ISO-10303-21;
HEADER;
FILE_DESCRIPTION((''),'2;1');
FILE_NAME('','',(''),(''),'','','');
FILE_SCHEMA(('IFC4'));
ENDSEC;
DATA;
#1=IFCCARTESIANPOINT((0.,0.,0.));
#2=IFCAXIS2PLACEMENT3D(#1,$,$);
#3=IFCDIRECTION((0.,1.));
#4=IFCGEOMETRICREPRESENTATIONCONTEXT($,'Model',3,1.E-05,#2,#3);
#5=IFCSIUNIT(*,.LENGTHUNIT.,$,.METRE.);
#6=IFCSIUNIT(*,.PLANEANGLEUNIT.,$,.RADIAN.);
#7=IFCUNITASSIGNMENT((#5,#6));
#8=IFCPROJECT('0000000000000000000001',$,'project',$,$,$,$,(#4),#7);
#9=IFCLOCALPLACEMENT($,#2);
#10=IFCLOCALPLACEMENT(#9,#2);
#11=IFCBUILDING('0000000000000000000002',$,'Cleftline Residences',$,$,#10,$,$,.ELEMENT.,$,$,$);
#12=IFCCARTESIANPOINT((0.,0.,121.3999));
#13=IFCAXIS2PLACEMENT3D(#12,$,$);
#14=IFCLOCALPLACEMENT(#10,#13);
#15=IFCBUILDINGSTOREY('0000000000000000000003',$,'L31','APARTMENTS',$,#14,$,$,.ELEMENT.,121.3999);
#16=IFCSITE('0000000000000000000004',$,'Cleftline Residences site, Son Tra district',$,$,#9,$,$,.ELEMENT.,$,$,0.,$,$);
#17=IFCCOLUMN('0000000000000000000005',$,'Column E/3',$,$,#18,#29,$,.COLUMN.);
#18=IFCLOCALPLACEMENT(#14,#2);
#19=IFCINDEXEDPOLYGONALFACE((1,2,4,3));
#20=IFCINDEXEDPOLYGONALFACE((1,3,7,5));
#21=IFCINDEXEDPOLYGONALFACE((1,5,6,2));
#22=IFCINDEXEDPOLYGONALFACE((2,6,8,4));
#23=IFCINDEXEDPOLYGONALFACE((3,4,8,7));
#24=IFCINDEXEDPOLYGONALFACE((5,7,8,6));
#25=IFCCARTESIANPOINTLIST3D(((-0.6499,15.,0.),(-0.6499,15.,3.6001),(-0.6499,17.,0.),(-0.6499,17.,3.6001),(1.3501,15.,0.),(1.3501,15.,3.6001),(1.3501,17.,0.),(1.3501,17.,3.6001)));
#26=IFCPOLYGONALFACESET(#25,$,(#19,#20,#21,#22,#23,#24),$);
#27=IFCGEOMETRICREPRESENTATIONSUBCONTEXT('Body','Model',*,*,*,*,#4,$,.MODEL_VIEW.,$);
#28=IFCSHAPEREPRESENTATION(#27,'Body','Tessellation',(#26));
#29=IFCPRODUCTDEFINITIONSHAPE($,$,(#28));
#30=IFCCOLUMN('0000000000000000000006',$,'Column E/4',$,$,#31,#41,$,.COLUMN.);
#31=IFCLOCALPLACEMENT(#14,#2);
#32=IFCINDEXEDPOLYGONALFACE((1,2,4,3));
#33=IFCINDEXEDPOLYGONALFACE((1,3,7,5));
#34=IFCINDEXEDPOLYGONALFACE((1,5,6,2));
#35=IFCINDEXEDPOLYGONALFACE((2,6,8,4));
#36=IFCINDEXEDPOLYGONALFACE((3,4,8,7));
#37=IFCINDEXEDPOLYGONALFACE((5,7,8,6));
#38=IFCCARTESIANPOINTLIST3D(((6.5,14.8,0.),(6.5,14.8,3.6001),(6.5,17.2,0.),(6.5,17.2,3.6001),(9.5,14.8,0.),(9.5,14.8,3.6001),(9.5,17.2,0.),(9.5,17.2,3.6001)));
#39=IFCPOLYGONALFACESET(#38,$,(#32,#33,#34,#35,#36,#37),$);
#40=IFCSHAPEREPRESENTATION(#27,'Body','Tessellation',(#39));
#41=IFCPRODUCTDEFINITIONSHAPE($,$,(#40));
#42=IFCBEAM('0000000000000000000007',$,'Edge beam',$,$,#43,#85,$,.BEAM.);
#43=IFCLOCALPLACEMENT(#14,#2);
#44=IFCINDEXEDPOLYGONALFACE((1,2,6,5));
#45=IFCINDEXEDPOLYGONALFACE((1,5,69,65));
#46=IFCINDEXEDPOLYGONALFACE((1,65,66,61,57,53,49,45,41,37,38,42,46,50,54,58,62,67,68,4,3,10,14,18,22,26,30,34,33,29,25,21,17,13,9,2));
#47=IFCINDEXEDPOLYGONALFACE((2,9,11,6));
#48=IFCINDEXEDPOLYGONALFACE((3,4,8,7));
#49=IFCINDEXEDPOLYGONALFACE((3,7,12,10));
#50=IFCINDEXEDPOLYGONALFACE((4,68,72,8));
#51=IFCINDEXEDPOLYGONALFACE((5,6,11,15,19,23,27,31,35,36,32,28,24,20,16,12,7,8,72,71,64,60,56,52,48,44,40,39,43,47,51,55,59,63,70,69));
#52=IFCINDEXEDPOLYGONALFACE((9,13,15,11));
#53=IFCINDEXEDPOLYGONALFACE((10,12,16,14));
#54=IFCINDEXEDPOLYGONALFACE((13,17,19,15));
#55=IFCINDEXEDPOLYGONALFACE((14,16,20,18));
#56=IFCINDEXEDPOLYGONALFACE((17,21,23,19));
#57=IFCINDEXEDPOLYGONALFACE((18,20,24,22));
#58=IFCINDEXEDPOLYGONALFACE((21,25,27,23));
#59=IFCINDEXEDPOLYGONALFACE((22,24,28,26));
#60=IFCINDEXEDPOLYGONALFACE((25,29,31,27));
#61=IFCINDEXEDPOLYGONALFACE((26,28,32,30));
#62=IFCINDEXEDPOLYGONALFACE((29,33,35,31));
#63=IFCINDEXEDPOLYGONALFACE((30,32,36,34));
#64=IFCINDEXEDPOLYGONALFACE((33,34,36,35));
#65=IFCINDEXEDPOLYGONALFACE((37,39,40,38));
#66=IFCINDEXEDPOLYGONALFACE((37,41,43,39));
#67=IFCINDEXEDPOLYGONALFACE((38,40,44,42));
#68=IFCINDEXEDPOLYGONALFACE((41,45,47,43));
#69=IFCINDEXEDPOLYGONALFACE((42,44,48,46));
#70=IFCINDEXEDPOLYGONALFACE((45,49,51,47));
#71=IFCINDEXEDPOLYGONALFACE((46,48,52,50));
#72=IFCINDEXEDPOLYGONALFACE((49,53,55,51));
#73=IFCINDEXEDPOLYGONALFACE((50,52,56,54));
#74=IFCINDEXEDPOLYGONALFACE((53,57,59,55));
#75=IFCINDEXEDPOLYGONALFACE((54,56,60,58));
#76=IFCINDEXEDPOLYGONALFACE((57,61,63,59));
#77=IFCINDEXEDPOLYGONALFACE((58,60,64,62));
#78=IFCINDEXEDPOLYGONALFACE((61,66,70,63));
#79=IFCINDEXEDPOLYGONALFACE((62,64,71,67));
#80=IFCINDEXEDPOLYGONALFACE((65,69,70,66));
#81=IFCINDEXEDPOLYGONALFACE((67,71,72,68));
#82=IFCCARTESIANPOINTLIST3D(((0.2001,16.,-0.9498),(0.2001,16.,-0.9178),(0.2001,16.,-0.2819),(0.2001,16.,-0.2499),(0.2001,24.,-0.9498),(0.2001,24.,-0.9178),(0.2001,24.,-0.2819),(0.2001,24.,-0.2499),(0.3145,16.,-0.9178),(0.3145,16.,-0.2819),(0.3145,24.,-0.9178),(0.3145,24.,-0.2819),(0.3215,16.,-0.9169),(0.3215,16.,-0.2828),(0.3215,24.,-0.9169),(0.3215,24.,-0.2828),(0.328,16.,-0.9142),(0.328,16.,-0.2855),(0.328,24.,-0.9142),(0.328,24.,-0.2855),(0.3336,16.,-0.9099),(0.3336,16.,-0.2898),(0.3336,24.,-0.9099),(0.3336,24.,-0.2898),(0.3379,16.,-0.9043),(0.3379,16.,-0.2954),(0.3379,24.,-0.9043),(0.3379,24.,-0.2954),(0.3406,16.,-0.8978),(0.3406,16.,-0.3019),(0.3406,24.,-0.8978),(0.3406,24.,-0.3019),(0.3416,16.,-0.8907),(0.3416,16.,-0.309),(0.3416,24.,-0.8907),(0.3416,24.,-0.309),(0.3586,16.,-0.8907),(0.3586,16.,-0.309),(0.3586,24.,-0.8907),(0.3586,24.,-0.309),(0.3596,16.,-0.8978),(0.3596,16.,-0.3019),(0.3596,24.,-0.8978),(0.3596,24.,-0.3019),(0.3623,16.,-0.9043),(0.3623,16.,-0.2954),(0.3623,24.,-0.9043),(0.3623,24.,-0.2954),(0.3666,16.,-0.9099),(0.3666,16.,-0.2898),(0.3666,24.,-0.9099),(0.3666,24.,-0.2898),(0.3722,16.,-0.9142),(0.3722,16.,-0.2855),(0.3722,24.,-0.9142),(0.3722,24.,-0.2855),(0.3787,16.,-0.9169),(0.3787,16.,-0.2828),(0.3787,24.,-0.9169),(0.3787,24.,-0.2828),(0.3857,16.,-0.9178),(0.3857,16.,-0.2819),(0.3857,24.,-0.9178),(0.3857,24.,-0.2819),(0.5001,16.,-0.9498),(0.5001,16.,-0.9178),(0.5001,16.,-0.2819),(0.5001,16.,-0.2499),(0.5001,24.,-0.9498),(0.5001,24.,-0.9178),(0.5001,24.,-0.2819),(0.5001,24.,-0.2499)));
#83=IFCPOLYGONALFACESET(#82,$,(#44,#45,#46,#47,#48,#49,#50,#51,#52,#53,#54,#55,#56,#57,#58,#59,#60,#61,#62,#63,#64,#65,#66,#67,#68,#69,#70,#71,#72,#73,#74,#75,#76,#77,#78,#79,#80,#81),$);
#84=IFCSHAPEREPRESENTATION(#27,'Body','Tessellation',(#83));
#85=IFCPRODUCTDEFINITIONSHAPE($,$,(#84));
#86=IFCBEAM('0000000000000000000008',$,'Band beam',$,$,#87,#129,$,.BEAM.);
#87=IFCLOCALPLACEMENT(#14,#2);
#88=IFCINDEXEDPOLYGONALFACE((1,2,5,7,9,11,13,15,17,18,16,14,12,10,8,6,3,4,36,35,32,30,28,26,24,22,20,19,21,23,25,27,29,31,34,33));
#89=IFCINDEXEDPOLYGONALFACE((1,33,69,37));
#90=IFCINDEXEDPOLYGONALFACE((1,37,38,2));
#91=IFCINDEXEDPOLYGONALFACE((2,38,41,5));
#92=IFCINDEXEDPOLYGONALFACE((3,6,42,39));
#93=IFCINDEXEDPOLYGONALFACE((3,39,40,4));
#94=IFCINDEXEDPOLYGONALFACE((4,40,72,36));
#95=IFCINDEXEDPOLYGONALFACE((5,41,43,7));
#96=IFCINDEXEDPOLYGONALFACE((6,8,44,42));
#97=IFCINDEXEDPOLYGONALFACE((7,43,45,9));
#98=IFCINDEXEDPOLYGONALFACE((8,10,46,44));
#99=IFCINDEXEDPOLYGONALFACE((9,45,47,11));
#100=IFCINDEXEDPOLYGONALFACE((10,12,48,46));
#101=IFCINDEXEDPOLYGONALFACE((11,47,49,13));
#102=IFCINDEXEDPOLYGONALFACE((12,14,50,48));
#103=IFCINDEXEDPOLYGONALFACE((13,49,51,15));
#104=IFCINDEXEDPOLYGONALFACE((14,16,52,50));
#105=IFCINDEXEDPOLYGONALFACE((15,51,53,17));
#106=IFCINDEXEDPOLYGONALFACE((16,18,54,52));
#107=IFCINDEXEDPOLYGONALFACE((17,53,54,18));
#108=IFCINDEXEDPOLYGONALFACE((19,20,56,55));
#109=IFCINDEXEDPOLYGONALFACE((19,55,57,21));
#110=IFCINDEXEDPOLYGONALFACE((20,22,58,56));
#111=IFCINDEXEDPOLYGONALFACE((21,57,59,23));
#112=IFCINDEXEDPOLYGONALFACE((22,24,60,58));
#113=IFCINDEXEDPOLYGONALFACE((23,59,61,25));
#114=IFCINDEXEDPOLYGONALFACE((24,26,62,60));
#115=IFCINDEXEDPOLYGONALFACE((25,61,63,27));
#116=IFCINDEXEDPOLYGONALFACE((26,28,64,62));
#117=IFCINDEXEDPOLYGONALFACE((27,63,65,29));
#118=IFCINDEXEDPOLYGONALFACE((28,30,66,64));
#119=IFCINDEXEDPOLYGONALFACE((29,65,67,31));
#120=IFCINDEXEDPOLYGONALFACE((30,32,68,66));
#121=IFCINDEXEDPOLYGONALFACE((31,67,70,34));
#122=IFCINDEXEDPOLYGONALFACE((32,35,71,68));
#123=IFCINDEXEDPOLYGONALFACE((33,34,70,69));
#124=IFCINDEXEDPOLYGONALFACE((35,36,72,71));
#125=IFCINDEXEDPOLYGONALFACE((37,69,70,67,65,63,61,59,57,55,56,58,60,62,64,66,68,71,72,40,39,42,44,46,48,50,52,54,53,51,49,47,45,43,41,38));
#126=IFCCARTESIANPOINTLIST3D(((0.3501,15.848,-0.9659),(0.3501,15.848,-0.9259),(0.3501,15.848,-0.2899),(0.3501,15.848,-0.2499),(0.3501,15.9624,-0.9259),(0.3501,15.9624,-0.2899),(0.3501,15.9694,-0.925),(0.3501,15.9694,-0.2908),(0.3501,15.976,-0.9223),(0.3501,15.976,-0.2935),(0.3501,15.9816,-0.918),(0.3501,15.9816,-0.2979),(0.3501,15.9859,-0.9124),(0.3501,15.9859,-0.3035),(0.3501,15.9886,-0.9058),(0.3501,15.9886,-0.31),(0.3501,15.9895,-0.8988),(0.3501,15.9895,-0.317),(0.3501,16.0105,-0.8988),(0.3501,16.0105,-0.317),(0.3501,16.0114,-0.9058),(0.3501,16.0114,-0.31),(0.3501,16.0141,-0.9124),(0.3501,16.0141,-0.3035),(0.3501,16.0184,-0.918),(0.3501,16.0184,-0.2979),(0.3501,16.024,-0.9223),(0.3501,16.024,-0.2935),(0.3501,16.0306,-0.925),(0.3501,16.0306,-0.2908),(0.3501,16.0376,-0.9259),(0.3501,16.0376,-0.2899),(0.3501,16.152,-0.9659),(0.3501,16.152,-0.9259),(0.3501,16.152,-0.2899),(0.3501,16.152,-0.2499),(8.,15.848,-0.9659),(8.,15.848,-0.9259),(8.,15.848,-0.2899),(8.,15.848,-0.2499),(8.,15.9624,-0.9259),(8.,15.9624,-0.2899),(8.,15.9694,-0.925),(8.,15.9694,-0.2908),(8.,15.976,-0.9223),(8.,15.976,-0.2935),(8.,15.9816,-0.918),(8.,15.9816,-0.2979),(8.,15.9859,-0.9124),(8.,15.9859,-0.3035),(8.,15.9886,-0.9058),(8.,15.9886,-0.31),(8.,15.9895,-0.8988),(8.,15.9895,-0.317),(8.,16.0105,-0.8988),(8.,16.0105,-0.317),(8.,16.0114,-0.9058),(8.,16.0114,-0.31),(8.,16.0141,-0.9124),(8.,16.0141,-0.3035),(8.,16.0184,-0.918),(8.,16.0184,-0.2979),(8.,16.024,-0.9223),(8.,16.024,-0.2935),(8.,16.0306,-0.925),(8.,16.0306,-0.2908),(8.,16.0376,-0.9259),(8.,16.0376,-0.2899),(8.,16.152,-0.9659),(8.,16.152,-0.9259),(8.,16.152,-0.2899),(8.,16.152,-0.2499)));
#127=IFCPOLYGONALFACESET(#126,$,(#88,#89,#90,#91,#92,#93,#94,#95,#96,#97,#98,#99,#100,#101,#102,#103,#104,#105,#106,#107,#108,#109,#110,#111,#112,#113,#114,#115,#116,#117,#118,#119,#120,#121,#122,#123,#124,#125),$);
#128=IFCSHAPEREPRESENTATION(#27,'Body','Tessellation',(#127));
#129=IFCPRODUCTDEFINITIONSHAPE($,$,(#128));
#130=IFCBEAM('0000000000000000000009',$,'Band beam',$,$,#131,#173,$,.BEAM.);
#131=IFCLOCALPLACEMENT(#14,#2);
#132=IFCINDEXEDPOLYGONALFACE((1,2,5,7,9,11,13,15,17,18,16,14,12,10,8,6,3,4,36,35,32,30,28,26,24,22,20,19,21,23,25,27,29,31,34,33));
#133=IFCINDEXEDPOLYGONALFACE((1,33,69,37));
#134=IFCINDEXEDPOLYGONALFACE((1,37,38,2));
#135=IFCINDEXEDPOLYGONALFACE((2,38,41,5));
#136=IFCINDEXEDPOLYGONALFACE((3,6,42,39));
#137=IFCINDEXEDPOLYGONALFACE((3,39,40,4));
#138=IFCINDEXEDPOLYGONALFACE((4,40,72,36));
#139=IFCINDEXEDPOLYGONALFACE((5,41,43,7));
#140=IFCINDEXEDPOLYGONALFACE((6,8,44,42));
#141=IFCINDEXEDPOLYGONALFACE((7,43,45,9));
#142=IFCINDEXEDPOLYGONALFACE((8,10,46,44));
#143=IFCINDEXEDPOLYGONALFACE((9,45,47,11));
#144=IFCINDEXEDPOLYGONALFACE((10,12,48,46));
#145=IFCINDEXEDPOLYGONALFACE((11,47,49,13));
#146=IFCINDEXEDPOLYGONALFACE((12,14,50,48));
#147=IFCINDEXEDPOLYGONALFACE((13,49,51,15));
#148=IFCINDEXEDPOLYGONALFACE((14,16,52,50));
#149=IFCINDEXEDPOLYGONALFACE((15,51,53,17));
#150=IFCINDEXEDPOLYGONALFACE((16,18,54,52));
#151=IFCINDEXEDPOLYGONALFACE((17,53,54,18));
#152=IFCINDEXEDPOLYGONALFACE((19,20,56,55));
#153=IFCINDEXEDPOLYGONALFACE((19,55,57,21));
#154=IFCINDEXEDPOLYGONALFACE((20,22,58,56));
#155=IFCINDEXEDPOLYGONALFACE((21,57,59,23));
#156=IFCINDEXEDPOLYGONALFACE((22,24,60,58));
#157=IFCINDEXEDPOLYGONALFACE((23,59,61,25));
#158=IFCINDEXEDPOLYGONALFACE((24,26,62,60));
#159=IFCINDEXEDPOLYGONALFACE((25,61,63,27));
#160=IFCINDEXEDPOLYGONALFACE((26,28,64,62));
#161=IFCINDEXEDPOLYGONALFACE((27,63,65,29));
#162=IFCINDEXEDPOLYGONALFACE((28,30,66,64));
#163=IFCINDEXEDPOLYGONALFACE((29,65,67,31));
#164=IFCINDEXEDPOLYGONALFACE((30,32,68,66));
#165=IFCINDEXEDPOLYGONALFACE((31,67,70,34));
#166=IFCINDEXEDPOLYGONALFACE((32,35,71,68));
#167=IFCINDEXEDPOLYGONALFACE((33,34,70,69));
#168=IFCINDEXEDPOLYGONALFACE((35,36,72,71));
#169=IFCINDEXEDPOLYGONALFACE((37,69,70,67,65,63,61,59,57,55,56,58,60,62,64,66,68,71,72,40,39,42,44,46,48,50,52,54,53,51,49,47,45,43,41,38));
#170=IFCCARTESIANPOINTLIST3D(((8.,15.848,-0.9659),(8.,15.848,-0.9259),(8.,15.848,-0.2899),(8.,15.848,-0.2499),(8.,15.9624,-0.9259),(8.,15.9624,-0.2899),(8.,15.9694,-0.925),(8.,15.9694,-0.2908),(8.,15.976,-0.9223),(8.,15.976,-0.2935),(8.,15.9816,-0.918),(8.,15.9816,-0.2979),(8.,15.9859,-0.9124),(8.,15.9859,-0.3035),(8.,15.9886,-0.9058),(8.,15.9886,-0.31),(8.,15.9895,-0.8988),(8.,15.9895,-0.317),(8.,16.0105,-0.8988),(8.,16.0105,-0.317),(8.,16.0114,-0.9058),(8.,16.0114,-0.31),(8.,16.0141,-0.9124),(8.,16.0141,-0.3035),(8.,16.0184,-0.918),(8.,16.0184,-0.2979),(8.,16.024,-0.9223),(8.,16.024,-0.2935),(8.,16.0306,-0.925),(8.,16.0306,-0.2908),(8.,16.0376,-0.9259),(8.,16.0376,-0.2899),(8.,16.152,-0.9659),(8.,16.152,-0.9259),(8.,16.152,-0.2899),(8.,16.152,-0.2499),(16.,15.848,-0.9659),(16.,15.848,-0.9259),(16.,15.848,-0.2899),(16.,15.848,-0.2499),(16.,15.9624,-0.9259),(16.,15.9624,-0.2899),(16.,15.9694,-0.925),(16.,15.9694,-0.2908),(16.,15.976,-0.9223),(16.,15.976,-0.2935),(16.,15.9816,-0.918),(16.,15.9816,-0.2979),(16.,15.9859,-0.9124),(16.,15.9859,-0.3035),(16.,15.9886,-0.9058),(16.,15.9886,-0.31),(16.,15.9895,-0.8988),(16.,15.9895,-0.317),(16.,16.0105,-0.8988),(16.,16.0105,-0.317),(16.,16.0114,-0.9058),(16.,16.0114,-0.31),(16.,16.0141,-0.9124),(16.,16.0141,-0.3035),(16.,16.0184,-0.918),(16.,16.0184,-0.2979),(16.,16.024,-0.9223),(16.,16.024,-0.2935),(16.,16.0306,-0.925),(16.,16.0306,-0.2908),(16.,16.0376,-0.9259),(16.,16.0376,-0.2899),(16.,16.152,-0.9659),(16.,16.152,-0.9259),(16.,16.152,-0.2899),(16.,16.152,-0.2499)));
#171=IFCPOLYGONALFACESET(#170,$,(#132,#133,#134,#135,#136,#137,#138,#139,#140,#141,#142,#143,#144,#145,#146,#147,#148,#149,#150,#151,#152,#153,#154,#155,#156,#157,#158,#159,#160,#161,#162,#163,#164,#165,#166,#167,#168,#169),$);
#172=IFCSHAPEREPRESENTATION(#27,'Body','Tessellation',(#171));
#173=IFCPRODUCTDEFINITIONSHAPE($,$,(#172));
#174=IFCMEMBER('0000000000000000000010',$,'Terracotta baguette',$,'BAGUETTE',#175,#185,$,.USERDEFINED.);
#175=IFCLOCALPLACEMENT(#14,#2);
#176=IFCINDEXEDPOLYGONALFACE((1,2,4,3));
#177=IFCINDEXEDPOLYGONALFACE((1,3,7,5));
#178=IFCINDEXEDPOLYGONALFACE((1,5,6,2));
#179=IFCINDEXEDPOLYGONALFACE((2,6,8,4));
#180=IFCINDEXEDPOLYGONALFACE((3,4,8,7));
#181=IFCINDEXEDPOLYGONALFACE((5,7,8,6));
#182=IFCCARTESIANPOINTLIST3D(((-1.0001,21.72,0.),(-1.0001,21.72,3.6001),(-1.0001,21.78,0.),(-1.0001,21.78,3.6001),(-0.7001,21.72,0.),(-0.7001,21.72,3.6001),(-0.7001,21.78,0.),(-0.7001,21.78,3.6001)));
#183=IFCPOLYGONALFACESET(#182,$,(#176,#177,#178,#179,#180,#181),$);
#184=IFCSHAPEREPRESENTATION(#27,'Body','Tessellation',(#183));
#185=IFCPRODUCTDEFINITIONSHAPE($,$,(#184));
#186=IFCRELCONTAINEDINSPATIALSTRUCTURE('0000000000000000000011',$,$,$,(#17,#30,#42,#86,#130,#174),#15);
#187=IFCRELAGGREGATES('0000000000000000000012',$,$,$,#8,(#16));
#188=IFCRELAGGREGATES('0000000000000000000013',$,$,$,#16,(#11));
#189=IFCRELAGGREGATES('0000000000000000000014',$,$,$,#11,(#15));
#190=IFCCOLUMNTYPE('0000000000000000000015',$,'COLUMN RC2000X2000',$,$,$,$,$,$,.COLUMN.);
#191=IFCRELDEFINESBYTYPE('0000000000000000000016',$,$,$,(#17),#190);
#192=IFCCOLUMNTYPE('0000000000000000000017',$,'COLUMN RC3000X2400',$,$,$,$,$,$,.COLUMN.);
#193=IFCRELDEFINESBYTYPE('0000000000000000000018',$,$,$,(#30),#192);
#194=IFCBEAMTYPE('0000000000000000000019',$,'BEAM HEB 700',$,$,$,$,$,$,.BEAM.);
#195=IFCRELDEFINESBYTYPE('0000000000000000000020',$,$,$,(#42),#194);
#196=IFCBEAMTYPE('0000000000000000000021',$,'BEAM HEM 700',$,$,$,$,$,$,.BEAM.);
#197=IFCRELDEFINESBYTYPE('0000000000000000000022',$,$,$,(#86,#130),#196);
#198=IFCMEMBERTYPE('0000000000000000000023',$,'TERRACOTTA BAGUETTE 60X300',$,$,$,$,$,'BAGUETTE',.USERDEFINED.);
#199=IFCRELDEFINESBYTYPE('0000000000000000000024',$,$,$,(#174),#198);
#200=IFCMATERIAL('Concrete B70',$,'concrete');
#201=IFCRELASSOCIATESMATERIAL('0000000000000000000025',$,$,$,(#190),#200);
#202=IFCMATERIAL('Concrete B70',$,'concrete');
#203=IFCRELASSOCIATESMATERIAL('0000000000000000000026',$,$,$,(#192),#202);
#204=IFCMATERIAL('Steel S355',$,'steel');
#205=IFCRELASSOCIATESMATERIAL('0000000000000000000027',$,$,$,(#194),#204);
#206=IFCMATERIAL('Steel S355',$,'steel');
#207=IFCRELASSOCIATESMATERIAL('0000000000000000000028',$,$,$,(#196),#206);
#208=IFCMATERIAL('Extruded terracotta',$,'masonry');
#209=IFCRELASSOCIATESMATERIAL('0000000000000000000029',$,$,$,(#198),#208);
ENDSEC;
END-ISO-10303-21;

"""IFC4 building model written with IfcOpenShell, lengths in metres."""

from ifc_helpers import new_model, si_unit, direction, frame, origin, origin_2d, place, context, subcontext, project, spatial, rectangle, i_section, extrude, material, material_profile, profile_set, type_object, element, save


model = new_model("IFC4")

# Units and contexts
model_context = context("Model", 3, precision=1e-05, world=origin(), true_north=direction((0.0, 1.0)))
body_context = subcontext(model_context, "Body", "Model", "MODEL_VIEW")
ifc_project = project(units=[si_unit("LENGTHUNIT", "METRE"), si_unit("PLANEANGLEUNIT", "RADIAN")], contexts=[model_context])

# Site, building, storey
site_placement = place(None, origin())
site = spatial("IfcSite", under=ifc_project, at=site_placement, Name="Cleftline Residences site, Son Tra district", CompositionType="ELEMENT", RefElevation=0.0)
building_placement = place(site_placement, origin())
building = spatial("IfcBuilding", under=site, at=building_placement, Name="Cleftline Residences", CompositionType="ELEMENT")
storey_placement = place(building_placement, frame((0.0, 0.0, 121.3999)))
storey = spatial("IfcBuildingStorey", under=building, at=storey_placement, Name="L31", Description="APARTMENTS", CompositionType="ELEMENT", Elevation=121.3999)

# Columns
ifc_material_1 = material(Name="Concrete B70", Category="concrete")
ifc_material_profile_1 = material_profile(ifc_material_1, rectangle(XDim=2.0, YDim=2.0, at=origin_2d()))
ifc_profile_set_1 = profile_set([ifc_material_profile_1], Name="Concrete B70")
column_type_1 = type_object("IfcColumnType", Name="COLUMN RC2000X2000", PredefinedType="COLUMN", material=ifc_profile_set_1)
column_1_placement = place(storey_placement, frame((0.3501, 16.0, 0.0), z_axis=(0.0, 0.0, 1.0), x_axis=(1.0, 0.0, 0.0)))
element("IfcColumn", 1, at=column_1_placement, inside=storey, type_object=column_type_1, Name="Column E/3", PredefinedType="COLUMN", context=body_context, shape_type="SweptSolid", body=[
    extrude(rectangle(XDim=2.0, YDim=2.0, at=origin_2d()), origin(), (0.0, 0.0, 1.0), 3.6001),
])
ifc_material_2 = material(Name="Concrete B70", Category="concrete")
ifc_material_profile_2 = material_profile(ifc_material_2, rectangle(XDim=3.0, YDim=2.3999, at=origin_2d()))
ifc_profile_set_2 = profile_set([ifc_material_profile_2], Name="Concrete B70")
column_type_2 = type_object("IfcColumnType", Name="COLUMN RC3000X2400", PredefinedType="COLUMN", material=ifc_profile_set_2)
column_2_placement = place(storey_placement, frame((8.0, 16.0, 0.0), z_axis=(0.0, 0.0, 1.0), x_axis=(1.0, 0.0, 0.0)))
element("IfcColumn", 2, at=column_2_placement, inside=storey, type_object=column_type_2, Name="Column E/4", PredefinedType="COLUMN", context=body_context, shape_type="SweptSolid", body=[
    extrude(rectangle(XDim=3.0, YDim=2.3999, at=origin_2d()), origin(), (0.0, 0.0, 1.0), 3.6001),
])

# Beams
ifc_material_3 = material(Name="Steel S355", Category="steel")
ifc_material_profile_3 = material_profile(ifc_material_3, i_section(OverallWidth=0.3, OverallDepth=0.7, WebThickness=0.0171, FlangeThickness=0.032, FilletRadius=0.0271, at=origin_2d()))
ifc_profile_set_3 = profile_set([ifc_material_profile_3], Name="Steel S355")
beam_type_1 = type_object("IfcBeamType", Name="BEAM HEB 700", PredefinedType="BEAM", material=ifc_profile_set_3)
beam_1_placement = place(storey_placement, frame((0.3501, 16.0, -0.5999), z_axis=(0.0, 1.0, 0.0), x_axis=(-1.0, 0.0, 0.0)))
element("IfcBeam", 3, at=beam_1_placement, inside=storey, type_object=beam_type_1, Name="Edge beam", PredefinedType="BEAM", context=body_context, shape_type="SweptSolid", body=[
    extrude(i_section(OverallWidth=0.3, OverallDepth=0.7, WebThickness=0.0171, FlangeThickness=0.032, FilletRadius=0.0271, at=origin_2d()), origin(), (0.0, 0.0, 1.0), 8.0),
])
ifc_material_4 = material(Name="Steel S355", Category="steel")
ifc_material_profile_4 = material_profile(ifc_material_4, i_section(OverallWidth=0.304, OverallDepth=0.7161, WebThickness=0.021, FlangeThickness=0.04, FilletRadius=0.0271, at=origin_2d()))
ifc_profile_set_4 = profile_set([ifc_material_profile_4], Name="Steel S355")
beam_type_2 = type_object("IfcBeamType", Name="BEAM HEM 700", PredefinedType="BEAM", material=ifc_profile_set_4)
beam_2_placement = place(storey_placement, frame((0.3501, 16.0, -0.6079), z_axis=(1.0, 0.0, 0.0), x_axis=(0.0, 1.0, 0.0)))
element("IfcBeam", 4, at=beam_2_placement, inside=storey, type_object=beam_type_2, Name="Band beam", PredefinedType="BEAM", context=body_context, shape_type="SweptSolid", body=[
    extrude(i_section(OverallWidth=0.304, OverallDepth=0.7161, WebThickness=0.021, FlangeThickness=0.04, FilletRadius=0.0271, at=origin_2d()), origin(), (0.0, 0.0, 1.0), 7.6499),
])
beam_3_placement = place(storey_placement, frame((8.0, 16.0, -0.6079), z_axis=(1.0, 0.0, 0.0), x_axis=(0.0, 1.0, 0.0)))
element("IfcBeam", 5, at=beam_3_placement, inside=storey, type_object=beam_type_2, Name="Band beam", PredefinedType="BEAM", context=body_context, shape_type="SweptSolid", body=[
    extrude(i_section(OverallWidth=0.304, OverallDepth=0.7161, WebThickness=0.021, FlangeThickness=0.04, FilletRadius=0.0271, at=origin_2d()), origin(), (0.0, 0.0, 1.0), 8.0),
])

# Member
ifc_material_5 = material(Name="Extruded terracotta", Category="masonry")
ifc_material_profile_5 = material_profile(ifc_material_5, rectangle(XDim=0.0601, YDim=0.3, at=origin_2d()))
ifc_profile_set_5 = profile_set([ifc_material_profile_5], Name="Extruded terracotta")
member_type = type_object("IfcMemberType", Name="TERRACOTTA BAGUETTE 60X300", ElementType="BAGUETTE", PredefinedType="USERDEFINED", material=ifc_profile_set_5)
for number, where, z_axis, x_axis, name in (
    (6, (-0.8501, 21.75, 0.0), (0.0, 0.0, 1.0), (0.0, 1.0, 0.0), "Terracotta baguette"),
):
    element("IfcMember", number, at=place(storey_placement, frame(where, z_axis=z_axis, x_axis=x_axis)), inside=storey, type_object=member_type, Name=name, ObjectType="BAGUETTE", PredefinedType="USERDEFINED", context=body_context, shape_type="SweptSolid", body=[
        extrude(rectangle(XDim=0.0601, YDim=0.3, at=origin_2d()), origin(), (0.0, 0.0, 1.0), 3.6001),
    ])

save(model, "model.ifc")
